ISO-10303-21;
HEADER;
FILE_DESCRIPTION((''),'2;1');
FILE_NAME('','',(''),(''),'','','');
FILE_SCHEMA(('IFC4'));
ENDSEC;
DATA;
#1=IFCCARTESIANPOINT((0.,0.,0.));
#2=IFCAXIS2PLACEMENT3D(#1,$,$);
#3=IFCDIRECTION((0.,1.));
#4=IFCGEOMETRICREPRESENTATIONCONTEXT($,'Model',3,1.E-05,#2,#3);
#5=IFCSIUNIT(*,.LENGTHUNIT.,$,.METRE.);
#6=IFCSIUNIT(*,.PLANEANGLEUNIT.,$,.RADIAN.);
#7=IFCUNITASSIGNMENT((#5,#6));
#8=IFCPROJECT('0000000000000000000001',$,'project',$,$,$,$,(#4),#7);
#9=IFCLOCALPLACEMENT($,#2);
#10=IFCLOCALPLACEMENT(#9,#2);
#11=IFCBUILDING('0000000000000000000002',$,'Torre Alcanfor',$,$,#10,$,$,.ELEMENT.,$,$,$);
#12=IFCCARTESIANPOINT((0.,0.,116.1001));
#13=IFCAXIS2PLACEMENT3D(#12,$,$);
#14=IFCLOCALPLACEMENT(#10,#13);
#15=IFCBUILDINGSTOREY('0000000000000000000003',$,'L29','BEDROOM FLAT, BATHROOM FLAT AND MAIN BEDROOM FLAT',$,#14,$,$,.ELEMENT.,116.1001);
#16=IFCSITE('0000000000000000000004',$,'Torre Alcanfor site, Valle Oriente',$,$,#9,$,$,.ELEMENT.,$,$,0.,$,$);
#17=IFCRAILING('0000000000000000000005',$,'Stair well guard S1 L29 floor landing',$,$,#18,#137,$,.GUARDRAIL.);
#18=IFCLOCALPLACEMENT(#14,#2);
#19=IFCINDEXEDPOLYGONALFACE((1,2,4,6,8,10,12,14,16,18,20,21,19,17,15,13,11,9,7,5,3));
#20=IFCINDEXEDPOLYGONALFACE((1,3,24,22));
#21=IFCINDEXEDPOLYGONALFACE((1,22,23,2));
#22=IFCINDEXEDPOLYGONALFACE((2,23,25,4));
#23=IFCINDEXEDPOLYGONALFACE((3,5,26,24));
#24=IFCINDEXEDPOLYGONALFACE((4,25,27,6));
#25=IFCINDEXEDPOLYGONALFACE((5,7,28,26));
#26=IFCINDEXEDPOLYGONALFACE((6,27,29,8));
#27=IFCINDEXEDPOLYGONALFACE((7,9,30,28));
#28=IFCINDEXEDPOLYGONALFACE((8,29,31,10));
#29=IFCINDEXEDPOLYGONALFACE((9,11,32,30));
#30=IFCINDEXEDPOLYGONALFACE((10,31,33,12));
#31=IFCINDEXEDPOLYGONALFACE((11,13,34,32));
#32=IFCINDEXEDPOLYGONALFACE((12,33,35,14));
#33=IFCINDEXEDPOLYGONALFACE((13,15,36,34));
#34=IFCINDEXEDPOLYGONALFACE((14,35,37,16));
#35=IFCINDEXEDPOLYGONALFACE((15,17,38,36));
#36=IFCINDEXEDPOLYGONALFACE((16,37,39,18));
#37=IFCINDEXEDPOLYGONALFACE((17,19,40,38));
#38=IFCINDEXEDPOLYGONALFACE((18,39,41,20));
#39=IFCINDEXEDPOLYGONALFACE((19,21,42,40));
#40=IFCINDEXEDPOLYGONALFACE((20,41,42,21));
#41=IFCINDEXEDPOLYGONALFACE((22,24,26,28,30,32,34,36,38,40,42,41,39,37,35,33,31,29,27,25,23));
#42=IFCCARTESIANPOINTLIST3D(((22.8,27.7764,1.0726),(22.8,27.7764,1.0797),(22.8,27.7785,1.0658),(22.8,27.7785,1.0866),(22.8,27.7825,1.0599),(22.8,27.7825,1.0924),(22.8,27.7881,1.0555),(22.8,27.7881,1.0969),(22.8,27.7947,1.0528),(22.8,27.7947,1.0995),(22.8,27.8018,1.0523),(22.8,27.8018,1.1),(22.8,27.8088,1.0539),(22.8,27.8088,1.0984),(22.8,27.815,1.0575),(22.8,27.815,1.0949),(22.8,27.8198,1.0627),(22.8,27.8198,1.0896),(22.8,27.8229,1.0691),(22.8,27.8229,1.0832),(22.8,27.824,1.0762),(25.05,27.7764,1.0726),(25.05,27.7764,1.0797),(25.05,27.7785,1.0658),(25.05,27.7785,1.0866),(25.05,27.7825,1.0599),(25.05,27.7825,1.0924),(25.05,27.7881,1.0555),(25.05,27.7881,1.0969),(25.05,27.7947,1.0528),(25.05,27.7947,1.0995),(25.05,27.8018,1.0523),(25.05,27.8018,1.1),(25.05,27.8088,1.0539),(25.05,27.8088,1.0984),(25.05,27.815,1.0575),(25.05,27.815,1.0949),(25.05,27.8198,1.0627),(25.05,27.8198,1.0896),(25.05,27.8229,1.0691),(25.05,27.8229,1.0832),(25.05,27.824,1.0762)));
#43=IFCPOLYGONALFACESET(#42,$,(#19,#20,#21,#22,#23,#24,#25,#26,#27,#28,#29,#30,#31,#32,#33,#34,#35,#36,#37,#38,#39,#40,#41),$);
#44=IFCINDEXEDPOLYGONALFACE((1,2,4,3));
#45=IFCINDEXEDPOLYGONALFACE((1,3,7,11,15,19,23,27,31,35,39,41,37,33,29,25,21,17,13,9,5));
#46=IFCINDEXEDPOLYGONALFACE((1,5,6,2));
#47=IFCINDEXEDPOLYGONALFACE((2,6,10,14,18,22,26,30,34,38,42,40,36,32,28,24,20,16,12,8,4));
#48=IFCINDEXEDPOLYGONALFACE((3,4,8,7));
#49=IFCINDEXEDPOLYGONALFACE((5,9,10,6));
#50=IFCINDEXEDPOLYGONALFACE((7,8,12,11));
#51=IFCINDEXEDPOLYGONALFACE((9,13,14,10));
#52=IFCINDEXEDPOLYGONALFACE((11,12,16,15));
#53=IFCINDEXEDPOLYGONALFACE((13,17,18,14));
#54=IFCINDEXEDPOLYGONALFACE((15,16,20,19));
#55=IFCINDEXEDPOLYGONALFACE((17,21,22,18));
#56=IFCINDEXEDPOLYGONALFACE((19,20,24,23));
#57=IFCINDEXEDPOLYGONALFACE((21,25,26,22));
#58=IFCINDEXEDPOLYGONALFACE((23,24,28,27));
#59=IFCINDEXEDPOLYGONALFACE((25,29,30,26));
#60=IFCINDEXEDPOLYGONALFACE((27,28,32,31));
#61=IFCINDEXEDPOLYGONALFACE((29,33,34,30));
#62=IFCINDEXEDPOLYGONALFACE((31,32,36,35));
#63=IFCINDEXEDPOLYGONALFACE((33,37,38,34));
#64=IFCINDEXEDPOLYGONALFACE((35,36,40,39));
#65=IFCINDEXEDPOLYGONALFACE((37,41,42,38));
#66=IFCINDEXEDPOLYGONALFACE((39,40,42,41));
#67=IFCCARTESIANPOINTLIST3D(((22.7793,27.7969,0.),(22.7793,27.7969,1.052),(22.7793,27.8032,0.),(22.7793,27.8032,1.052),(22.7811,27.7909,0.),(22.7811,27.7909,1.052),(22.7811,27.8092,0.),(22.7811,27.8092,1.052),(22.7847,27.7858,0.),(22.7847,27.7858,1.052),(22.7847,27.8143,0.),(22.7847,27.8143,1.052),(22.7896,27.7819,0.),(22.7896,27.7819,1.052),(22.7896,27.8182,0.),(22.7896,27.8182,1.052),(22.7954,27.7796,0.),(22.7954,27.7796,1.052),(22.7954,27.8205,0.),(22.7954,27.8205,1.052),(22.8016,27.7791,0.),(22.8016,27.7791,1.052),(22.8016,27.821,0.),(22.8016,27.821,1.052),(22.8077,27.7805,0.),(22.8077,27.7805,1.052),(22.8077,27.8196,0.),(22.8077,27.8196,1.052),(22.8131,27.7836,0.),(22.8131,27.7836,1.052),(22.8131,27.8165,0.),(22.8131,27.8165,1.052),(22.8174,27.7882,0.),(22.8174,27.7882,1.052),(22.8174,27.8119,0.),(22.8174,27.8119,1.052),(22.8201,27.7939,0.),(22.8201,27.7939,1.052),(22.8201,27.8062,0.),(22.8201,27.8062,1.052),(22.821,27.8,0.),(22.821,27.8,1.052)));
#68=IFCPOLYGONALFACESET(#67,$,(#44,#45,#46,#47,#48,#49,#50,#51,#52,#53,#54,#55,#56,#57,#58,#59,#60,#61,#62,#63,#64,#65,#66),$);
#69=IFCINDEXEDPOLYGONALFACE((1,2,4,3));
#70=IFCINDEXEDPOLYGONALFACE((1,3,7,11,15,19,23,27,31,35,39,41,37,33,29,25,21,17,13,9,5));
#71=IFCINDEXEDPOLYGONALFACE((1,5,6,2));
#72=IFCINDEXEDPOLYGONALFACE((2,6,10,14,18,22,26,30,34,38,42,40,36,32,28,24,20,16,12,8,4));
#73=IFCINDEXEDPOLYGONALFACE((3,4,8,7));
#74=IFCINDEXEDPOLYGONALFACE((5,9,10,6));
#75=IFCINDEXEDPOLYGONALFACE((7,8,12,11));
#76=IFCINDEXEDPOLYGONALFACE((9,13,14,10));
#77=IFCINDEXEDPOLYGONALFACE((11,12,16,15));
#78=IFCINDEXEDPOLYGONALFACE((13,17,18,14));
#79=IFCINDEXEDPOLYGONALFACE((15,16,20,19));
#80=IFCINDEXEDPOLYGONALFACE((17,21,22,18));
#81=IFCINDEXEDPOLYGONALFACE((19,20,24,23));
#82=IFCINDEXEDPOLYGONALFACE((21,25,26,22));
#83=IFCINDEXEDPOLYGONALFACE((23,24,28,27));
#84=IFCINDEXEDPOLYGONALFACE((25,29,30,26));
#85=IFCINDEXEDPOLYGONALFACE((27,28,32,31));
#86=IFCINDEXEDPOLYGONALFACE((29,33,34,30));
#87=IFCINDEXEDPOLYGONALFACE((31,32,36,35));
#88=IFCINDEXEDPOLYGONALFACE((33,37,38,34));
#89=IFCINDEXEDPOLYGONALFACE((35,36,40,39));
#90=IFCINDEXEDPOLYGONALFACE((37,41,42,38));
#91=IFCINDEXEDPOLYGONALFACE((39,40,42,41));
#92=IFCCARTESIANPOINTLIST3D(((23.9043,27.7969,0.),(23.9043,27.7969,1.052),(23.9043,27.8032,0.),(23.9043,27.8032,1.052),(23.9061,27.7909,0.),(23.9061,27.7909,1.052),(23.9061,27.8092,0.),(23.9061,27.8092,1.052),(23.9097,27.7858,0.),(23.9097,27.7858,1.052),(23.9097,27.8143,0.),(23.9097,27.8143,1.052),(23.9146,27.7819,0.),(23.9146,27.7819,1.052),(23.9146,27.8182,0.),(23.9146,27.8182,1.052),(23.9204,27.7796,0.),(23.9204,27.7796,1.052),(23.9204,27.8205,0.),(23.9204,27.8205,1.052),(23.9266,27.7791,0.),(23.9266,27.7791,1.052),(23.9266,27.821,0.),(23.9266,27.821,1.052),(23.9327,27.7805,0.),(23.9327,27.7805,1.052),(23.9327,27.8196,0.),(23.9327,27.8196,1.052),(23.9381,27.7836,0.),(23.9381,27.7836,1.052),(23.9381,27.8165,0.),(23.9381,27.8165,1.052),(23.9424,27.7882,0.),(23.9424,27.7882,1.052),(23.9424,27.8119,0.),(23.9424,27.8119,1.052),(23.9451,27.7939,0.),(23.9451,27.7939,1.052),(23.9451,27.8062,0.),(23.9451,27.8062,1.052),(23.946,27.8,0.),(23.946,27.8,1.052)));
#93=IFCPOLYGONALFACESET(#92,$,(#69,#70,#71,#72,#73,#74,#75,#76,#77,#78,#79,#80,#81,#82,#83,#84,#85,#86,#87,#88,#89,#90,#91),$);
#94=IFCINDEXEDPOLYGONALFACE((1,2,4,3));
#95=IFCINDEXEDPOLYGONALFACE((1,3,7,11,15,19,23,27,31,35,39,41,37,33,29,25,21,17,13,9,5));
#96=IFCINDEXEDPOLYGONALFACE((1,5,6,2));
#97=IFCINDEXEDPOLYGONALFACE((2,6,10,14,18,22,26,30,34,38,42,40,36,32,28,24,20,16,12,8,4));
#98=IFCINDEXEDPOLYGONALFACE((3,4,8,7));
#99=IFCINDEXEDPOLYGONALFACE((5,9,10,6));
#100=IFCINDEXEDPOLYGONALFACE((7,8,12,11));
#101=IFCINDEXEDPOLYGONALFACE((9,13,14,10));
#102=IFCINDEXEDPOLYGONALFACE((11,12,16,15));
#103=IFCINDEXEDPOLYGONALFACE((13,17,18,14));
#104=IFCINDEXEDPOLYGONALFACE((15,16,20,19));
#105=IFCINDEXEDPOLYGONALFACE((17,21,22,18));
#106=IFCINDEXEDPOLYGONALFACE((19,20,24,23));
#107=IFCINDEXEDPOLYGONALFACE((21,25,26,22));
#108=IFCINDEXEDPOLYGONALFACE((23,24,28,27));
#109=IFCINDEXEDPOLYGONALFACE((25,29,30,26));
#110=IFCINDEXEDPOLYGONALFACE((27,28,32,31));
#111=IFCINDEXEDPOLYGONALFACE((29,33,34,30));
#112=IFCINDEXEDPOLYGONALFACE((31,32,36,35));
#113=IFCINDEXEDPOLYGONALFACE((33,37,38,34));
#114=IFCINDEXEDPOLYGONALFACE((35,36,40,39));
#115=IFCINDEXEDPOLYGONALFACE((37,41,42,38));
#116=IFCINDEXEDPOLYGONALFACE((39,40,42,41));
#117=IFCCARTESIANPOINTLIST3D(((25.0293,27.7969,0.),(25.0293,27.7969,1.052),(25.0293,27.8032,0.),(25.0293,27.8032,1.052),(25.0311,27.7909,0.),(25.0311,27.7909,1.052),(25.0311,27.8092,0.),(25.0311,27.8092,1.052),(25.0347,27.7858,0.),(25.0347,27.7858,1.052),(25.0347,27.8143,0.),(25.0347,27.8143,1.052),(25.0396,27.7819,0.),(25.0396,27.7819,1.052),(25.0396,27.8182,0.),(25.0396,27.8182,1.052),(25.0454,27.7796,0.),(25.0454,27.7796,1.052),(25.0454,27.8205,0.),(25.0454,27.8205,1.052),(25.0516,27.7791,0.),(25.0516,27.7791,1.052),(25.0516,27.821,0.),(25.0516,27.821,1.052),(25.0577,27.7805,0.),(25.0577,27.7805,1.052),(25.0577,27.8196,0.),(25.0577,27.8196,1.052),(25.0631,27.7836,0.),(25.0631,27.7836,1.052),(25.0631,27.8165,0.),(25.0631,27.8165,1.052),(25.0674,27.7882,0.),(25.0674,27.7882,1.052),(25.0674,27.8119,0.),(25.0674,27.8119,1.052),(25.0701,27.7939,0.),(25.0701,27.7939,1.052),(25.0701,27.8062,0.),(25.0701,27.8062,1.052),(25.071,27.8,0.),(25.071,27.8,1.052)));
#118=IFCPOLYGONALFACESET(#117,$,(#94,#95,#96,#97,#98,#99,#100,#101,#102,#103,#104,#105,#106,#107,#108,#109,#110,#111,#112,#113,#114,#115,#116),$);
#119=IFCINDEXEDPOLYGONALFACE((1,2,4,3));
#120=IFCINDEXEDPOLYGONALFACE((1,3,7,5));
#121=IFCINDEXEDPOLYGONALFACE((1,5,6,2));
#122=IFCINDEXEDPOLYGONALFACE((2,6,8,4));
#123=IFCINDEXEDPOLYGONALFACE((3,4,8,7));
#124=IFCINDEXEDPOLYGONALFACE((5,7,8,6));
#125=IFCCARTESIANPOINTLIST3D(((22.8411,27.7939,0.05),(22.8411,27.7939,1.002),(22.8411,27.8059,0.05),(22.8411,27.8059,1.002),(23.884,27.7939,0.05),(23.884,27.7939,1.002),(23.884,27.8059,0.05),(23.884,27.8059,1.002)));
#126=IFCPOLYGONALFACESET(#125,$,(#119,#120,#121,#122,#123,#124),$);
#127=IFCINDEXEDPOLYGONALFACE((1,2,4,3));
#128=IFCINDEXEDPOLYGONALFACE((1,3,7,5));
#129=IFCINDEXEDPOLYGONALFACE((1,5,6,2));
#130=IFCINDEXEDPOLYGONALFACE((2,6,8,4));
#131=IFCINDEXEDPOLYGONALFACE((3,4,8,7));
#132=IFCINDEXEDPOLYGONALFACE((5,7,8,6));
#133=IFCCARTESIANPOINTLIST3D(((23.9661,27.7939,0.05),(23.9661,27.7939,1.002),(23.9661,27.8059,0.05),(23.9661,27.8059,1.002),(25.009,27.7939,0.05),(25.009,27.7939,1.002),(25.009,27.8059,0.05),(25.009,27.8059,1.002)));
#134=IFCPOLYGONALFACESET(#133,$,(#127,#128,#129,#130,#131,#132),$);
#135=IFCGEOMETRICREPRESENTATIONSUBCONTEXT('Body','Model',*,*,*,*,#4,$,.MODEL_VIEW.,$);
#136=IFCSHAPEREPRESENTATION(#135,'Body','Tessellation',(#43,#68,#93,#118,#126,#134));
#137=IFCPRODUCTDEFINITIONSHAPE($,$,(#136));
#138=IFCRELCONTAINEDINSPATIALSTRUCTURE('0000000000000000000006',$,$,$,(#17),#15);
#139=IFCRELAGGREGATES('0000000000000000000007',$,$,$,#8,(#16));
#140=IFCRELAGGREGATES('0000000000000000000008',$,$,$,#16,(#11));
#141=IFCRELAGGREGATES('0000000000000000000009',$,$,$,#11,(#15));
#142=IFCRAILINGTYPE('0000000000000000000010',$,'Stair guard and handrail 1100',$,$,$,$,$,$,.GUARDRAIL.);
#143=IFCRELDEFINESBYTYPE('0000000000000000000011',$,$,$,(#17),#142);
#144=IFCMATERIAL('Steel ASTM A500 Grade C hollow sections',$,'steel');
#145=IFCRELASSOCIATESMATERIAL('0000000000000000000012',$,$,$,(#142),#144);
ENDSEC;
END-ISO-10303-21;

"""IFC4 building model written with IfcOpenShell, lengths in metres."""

from ifc_helpers import new_model, si_unit, direction, frame, origin, origin_2d, place, context, subcontext, project, spatial, polyline, circle, outline, extrude, material, type_object, element, save


model = new_model("IFC4")

# Units and contexts
model_context = context("Model", 3, precision=1e-05, world=origin(), true_north=direction((0.0, 1.0)))
body_context = subcontext(model_context, "Body", "Model", "MODEL_VIEW")
ifc_project = project(units=[si_unit("LENGTHUNIT", "METRE"), si_unit("PLANEANGLEUNIT", "RADIAN")], contexts=[model_context])

# Site, building, storey
site_placement = place(None, origin())
site = spatial("IfcSite", under=ifc_project, at=site_placement, Name="Torre Alcanfor site, Valle Oriente", CompositionType="ELEMENT", RefElevation=0.0)
building_placement = place(site_placement, origin())
building = spatial("IfcBuilding", under=site, at=building_placement, Name="Torre Alcanfor", CompositionType="ELEMENT")
storey_placement = place(building_placement, frame((0.0, 0.0, 116.1001)))
storey = spatial("IfcBuildingStorey", under=building, at=storey_placement, Name="L29", Description="BEDROOM FLAT, BATHROOM FLAT AND MAIN BEDROOM FLAT", CompositionType="ELEMENT", Elevation=116.1001)

# Railing
ifc_material_1 = material(Name="Steel ASTM A500 Grade C hollow sections", Category="steel")
railing_type_1 = type_object("IfcRailingType", Name="Stair guard and handrail 1100", PredefinedType="GUARDRAIL", material=ifc_material_1)
railing_1_placement = place(storey_placement, frame((22.8, 27.8, 0.0)))
element("IfcRailing", 1, at=railing_1_placement, inside=storey, type_object=railing_type_1, Name="Stair well guard S1 L29 floor landing", PredefinedType="GUARDRAIL", context=body_context, shape_type="SweptSolid", body=[
    extrude(circle(Radius=0.0239, at=origin_2d()), frame((0.0, 0.0, 1.0762), z_axis=(1.0, 0.0, 0.0), x_axis=(0.0, 1.0, 0.0)), (0.0, 0.0, 1.0), 2.25),
    extrude(circle(Radius=0.021, at=origin_2d()), origin(), (0.0, 0.0, 1.0), 1.052),
    extrude(circle(Radius=0.021, at=origin_2d()), frame((1.125, 0.0, 0.0)), (0.0, 0.0, 1.0), 1.052),
    extrude(circle(Radius=0.021, at=origin_2d()), frame((2.25, 0.0, 0.0)), (0.0, 0.0, 1.0), 1.052),
    extrude(outline(polyline([(0.041, 0.05), (1.084, 0.05), (1.084, 1.002), (0.041, 1.002), (0.041, 0.05)])), frame((0.0, 0.0059, 0.0), z_axis=(0.0, -1.0, 0.0), x_axis=(1.0, 0.0, 0.0)), (0.0, 0.0, 1.0), 0.012),
    extrude(outline(polyline([(1.166, 0.05), (2.209, 0.05), (2.209, 1.002), (1.166, 1.002), (1.166, 0.05)])), frame((0.0, 0.0059, 0.0), z_axis=(0.0, -1.0, 0.0), x_axis=(1.0, 0.0, 0.0)), (0.0, 0.0, 1.0), 0.012),
])

save(model, "model.ifc")
